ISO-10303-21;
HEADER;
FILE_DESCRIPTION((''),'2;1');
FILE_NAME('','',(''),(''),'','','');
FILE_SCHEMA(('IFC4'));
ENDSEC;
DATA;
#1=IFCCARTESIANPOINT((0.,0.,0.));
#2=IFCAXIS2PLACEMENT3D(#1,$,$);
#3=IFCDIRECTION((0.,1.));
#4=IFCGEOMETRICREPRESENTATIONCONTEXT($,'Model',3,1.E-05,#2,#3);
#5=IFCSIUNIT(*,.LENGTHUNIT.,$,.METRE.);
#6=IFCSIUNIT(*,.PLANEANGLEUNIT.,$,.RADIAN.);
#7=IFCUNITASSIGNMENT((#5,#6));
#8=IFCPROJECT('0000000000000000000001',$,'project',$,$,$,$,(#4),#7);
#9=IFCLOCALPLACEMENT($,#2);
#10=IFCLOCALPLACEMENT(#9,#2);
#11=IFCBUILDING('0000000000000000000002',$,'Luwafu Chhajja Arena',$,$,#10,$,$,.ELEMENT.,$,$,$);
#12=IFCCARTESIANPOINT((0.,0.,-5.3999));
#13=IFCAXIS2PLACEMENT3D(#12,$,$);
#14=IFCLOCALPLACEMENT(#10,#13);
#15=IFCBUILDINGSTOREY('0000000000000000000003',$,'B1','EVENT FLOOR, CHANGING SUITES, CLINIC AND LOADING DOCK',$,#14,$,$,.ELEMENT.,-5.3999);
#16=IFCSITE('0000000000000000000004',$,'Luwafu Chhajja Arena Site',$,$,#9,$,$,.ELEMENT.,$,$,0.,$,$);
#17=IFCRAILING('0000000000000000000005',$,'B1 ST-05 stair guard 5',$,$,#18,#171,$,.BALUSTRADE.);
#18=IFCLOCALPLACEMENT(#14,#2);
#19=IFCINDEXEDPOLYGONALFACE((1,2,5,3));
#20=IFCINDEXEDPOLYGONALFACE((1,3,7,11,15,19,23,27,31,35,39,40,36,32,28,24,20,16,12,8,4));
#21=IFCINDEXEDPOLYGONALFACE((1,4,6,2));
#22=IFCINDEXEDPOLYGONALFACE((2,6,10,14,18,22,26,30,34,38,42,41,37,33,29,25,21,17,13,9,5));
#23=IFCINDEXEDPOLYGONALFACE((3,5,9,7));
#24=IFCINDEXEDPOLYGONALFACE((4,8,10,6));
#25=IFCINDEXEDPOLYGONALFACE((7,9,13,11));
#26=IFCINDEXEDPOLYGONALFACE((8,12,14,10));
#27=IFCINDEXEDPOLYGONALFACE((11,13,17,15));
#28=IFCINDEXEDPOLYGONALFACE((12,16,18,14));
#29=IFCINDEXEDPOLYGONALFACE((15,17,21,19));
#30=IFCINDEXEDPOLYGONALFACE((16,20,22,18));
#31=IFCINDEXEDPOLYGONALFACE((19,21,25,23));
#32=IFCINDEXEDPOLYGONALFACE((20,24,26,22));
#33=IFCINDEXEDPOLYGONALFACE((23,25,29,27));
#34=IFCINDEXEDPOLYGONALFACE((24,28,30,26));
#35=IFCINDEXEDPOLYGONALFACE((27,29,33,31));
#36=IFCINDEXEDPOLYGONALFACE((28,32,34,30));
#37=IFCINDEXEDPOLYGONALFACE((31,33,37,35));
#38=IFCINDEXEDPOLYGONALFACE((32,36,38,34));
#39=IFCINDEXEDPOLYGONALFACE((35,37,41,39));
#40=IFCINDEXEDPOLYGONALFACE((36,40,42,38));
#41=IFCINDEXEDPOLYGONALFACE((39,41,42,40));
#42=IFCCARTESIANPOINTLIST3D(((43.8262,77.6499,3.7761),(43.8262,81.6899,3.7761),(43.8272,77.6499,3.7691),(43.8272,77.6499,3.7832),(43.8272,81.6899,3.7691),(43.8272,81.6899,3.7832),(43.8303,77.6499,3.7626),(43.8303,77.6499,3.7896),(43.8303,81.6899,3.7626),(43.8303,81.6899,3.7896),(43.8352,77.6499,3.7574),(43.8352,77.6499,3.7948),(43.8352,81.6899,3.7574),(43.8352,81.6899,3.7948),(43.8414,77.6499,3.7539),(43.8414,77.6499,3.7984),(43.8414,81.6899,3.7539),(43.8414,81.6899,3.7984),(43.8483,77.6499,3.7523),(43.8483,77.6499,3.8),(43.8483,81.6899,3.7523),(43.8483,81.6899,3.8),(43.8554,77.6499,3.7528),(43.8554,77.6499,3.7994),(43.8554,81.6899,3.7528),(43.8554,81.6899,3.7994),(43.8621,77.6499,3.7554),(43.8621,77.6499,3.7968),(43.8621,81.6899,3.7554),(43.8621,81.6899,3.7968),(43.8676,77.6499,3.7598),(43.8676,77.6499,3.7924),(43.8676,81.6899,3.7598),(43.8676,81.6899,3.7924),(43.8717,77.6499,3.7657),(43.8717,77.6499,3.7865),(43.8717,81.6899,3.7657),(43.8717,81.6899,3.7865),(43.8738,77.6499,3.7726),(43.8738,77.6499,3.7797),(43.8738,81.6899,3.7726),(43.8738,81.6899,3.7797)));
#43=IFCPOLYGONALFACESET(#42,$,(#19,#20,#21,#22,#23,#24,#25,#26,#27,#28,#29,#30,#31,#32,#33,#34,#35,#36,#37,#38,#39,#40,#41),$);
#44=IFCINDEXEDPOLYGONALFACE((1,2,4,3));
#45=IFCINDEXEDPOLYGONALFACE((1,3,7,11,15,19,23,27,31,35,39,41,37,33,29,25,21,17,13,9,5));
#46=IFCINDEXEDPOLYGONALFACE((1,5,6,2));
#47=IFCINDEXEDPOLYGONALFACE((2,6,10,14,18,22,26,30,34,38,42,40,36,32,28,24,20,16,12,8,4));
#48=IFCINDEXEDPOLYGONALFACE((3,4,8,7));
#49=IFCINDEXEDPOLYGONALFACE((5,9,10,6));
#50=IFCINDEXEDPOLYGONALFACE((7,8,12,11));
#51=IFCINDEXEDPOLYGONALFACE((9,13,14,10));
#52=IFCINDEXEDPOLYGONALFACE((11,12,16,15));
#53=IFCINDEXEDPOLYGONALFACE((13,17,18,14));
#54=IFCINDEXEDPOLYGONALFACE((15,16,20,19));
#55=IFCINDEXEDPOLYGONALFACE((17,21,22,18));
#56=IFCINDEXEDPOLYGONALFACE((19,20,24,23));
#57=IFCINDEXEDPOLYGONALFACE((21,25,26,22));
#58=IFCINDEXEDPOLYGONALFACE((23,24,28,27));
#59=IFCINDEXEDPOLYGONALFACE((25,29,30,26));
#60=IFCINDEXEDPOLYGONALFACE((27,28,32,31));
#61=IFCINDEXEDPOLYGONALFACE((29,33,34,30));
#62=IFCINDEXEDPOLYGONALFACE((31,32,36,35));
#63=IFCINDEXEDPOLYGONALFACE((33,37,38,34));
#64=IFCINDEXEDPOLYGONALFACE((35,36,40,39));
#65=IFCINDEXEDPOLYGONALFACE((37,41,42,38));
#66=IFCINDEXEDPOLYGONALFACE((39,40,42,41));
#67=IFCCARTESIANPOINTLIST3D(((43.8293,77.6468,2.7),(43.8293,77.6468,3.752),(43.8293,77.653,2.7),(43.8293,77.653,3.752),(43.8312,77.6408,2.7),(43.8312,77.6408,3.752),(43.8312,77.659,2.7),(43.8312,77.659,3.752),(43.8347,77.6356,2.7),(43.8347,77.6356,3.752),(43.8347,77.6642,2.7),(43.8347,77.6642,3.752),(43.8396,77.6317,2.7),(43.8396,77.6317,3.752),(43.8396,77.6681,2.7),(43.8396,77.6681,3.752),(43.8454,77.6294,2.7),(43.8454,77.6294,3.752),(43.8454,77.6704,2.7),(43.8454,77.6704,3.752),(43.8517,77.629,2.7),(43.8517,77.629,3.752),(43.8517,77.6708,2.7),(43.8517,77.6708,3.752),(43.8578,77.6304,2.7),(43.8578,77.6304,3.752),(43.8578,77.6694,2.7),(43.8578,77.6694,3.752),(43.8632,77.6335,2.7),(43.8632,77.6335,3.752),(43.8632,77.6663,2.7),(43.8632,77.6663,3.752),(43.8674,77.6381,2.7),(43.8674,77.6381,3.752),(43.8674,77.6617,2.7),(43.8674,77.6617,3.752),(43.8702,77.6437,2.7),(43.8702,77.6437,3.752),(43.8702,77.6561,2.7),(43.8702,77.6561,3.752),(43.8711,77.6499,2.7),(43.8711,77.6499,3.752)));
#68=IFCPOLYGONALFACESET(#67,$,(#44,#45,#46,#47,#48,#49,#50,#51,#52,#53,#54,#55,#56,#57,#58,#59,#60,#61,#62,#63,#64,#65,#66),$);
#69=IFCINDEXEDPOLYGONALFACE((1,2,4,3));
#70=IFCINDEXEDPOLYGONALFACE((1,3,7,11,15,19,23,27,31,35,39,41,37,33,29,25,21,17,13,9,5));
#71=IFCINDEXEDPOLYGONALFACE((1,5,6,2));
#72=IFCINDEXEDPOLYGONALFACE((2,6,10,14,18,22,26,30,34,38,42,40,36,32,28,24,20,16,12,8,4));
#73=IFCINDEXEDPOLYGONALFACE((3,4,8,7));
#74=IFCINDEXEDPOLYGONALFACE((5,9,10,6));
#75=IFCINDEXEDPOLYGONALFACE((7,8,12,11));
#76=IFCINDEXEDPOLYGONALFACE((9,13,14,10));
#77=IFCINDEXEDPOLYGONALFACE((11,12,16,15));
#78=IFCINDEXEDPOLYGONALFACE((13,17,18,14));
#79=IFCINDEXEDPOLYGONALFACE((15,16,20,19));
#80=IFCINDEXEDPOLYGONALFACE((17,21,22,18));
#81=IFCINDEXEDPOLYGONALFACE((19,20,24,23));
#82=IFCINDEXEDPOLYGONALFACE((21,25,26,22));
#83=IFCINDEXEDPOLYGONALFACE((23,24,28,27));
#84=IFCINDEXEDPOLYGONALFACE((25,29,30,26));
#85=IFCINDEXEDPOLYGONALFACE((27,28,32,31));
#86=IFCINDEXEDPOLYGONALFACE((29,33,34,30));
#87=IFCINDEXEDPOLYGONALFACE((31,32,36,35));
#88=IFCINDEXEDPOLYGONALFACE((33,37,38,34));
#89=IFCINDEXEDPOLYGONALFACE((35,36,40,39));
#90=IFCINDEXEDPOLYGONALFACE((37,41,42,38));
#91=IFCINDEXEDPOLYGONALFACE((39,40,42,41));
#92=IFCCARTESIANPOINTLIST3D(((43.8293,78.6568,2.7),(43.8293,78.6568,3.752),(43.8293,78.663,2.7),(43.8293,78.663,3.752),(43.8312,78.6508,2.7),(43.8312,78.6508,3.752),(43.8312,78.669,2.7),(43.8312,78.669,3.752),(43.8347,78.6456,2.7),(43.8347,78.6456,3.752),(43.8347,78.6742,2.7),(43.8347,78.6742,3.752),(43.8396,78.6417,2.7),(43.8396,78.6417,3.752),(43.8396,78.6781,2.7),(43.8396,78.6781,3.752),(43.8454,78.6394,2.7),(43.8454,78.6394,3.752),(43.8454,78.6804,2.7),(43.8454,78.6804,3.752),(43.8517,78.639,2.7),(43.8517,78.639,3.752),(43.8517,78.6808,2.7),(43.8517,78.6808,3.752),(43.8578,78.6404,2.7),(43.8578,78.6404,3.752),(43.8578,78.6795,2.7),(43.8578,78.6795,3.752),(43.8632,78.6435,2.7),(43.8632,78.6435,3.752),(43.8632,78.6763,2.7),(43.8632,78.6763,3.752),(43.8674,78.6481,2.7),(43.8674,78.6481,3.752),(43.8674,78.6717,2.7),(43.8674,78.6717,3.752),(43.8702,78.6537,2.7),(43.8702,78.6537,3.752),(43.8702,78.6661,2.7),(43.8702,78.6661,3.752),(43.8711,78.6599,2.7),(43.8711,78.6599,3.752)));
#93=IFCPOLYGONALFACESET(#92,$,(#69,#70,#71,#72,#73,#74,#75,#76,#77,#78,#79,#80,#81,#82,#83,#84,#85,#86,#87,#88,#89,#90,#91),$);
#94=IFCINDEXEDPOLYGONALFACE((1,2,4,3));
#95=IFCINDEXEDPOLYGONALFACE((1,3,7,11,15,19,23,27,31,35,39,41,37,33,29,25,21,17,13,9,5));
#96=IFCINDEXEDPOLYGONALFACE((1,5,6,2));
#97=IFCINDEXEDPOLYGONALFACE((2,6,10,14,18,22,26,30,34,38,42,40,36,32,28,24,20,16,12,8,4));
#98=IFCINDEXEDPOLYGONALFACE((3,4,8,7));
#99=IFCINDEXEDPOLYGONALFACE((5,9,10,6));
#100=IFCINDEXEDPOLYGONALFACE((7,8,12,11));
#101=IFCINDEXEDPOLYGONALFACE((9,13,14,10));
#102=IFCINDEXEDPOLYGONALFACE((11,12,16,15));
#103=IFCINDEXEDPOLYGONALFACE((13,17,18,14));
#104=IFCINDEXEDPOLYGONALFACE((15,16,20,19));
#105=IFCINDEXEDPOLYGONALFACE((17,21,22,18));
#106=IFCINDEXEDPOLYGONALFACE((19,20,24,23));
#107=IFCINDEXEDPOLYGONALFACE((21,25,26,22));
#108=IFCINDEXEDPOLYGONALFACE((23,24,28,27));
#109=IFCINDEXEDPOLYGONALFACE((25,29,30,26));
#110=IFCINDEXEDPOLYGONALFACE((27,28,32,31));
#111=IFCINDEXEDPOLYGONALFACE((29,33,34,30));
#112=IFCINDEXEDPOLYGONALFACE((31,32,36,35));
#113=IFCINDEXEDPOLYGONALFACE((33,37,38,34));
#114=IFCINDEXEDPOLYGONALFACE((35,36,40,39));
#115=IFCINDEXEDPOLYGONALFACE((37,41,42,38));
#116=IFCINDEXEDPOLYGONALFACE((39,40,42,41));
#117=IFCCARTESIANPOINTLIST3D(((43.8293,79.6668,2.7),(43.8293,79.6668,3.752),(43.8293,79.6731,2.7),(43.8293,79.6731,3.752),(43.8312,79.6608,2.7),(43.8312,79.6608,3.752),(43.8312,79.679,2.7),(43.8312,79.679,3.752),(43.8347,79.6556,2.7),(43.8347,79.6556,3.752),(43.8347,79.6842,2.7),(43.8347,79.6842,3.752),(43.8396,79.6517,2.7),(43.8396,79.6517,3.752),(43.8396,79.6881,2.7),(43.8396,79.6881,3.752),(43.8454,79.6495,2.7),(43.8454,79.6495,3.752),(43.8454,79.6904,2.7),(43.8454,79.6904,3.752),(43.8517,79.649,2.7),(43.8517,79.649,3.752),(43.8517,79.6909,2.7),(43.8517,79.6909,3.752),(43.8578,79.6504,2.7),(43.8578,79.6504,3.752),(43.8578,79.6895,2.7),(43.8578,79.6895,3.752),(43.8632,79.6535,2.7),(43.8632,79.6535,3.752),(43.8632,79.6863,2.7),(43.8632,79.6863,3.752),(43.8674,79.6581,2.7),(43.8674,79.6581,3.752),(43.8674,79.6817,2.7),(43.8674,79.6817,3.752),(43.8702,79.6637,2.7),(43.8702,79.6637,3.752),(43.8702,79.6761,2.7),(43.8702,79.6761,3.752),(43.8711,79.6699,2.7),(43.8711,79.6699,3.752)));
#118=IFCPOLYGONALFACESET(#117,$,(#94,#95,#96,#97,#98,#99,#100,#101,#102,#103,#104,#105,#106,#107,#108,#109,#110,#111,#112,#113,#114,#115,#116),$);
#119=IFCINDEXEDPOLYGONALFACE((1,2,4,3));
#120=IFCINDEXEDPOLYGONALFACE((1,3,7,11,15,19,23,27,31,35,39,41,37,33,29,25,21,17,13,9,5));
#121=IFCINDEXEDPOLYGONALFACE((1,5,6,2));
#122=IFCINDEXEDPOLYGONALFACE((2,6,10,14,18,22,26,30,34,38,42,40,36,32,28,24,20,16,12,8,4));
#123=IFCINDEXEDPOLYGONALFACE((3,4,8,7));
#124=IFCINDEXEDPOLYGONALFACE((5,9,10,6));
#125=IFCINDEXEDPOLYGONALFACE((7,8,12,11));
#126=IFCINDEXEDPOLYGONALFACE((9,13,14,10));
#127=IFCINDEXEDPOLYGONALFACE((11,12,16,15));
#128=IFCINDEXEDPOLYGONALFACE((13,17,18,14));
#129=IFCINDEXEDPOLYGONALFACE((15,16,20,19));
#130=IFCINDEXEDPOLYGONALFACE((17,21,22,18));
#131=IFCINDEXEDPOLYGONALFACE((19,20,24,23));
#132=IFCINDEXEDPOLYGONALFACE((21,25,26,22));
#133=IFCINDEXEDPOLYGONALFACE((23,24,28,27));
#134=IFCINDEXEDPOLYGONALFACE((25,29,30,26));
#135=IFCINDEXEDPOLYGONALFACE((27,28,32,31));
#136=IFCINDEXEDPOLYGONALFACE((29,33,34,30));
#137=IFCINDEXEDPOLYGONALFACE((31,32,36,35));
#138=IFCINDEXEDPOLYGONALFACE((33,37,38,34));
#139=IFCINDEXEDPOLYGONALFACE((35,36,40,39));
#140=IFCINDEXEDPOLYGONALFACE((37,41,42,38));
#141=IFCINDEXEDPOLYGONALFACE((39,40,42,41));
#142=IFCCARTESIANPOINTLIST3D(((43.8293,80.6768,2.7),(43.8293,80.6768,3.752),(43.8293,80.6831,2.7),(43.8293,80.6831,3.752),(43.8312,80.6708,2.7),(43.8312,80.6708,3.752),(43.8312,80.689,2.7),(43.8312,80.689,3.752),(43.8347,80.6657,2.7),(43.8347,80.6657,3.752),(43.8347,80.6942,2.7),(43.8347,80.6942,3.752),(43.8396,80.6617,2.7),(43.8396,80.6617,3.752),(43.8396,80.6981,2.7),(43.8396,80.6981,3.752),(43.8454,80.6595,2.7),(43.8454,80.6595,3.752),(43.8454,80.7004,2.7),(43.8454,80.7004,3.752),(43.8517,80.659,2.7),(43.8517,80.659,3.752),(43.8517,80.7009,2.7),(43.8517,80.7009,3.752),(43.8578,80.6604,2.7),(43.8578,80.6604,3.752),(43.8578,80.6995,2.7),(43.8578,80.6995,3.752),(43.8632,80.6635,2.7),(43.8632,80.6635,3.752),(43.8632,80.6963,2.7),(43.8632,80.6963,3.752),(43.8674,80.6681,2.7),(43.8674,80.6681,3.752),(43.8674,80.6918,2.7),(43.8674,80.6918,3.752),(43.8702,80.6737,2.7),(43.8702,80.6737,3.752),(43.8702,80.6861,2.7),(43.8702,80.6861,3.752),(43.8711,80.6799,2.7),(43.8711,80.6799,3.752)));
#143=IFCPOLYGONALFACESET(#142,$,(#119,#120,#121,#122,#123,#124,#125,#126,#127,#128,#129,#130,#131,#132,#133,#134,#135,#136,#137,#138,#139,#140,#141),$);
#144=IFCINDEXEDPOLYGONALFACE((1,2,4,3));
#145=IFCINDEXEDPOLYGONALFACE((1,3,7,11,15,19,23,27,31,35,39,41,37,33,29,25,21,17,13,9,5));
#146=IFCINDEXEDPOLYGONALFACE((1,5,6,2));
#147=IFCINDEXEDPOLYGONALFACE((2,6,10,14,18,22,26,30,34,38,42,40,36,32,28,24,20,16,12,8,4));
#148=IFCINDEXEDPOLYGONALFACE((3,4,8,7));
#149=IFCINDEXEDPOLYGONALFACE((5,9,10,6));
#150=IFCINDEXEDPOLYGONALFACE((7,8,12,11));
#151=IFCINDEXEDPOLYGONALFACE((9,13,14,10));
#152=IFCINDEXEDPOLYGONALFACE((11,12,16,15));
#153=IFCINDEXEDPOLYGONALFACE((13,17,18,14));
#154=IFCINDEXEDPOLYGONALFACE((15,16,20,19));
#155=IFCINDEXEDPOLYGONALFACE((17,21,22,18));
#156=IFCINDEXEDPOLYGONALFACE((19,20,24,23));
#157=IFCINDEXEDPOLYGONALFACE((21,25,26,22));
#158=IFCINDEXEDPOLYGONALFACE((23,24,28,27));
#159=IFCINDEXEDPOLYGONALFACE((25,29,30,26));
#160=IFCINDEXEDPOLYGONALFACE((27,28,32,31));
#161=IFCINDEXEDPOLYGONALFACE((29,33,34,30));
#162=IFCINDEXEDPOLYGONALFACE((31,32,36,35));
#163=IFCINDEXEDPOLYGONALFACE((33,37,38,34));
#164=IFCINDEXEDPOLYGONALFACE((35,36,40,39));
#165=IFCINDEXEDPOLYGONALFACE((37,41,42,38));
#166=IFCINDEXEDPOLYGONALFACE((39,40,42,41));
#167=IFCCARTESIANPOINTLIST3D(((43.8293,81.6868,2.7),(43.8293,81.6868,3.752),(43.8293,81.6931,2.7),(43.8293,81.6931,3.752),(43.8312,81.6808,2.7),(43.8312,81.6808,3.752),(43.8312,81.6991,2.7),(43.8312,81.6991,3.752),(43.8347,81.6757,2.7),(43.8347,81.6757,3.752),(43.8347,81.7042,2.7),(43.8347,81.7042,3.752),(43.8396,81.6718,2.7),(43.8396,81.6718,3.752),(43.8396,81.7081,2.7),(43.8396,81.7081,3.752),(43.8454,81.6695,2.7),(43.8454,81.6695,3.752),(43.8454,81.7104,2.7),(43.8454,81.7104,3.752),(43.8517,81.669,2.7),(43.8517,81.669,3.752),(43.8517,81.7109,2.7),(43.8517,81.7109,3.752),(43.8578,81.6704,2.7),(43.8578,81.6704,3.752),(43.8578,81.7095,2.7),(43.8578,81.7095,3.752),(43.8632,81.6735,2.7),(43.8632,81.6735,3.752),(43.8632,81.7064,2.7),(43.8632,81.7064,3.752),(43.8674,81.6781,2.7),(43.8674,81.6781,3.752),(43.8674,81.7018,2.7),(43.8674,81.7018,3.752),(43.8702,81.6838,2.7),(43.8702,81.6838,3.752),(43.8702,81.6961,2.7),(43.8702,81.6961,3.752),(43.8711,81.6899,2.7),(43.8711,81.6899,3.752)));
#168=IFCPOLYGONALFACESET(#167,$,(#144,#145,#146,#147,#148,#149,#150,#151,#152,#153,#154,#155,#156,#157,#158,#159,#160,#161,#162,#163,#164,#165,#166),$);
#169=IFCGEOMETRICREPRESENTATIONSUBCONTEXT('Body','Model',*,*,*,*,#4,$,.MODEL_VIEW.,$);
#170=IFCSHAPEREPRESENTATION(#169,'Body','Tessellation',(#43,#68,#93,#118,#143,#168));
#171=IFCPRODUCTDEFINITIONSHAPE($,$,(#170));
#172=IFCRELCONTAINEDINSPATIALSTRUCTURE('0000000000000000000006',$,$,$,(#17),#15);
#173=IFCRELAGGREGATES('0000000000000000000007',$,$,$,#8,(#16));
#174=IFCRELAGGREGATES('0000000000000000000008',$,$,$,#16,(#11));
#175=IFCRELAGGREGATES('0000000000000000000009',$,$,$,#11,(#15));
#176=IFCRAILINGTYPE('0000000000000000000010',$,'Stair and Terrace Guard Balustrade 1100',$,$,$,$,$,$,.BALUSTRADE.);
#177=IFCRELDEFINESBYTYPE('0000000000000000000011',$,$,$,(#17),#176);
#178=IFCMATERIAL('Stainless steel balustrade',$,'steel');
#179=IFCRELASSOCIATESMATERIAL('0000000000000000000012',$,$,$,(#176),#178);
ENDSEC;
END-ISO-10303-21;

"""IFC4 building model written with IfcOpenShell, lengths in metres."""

from ifc_helpers import new_model, si_unit, direction, frame, origin, origin_2d, place, context, subcontext, project, spatial, circle, extrude, material, type_object, element, save


model = new_model("IFC4")

# Units and contexts
model_context = context("Model", 3, precision=1e-05, world=origin(), true_north=direction((0.0, 1.0)))
body_context = subcontext(model_context, "Body", "Model", "MODEL_VIEW")
ifc_project = project(units=[si_unit("LENGTHUNIT", "METRE"), si_unit("PLANEANGLEUNIT", "RADIAN")], contexts=[model_context])

# Site, building, storey
site_placement = place(None, origin())
site = spatial("IfcSite", under=ifc_project, at=site_placement, Name="Luwafu Chhajja Arena Site", CompositionType="ELEMENT", RefElevation=0.0)
building_placement = place(site_placement, origin())
building = spatial("IfcBuilding", under=site, at=building_placement, Name="Luwafu Chhajja Arena", CompositionType="ELEMENT")
storey_placement = place(building_placement, frame((0.0, 0.0, -5.3999)))
storey = spatial("IfcBuildingStorey", under=building, at=storey_placement, Name="B1", Description="EVENT FLOOR, CHANGING SUITES, CLINIC AND LOADING DOCK", CompositionType="ELEMENT", Elevation=-5.3999)

# Railing
ifc_material_1 = material(Name="Stainless steel balustrade", Category="steel")
railing_type_1 = type_object("IfcRailingType", Name="Stair and Terrace Guard Balustrade 1100", PredefinedType="BALUSTRADE", material=ifc_material_1)
railing_1_placement = place(storey_placement, frame((43.8501, 77.6499, 2.7)))
element("IfcRailing", 1, at=railing_1_placement, inside=storey, type_object=railing_type_1, Name="B1 ST-05 stair guard 5", PredefinedType="BALUSTRADE", context=body_context, shape_type="SweptSolid", body=[
    extrude(circle(Radius=0.0239, at=origin_2d()), frame((0.0, 0.0, 1.0762), z_axis=(0.0, 1.0, 0.0), x_axis=(-1.0, 0.0, 0.0)), (0.0, 0.0, 1.0), 4.04),
    extrude(circle(Radius=0.021, at=origin_2d()), origin(), (0.0, 0.0, 1.0), 1.052),
    extrude(circle(Radius=0.021, at=origin_2d()), frame((0.0, 1.01, 0.0)), (0.0, 0.0, 1.0), 1.052),
    extrude(circle(Radius=0.021, at=origin_2d()), frame((0.0, 2.02, 0.0)), (0.0, 0.0, 1.0), 1.052),
    extrude(circle(Radius=0.021, at=origin_2d()), frame((0.0, 3.03, 0.0)), (0.0, 0.0, 1.0), 1.052),
    extrude(circle(Radius=0.021, at=origin_2d()), frame((0.0, 4.04, 0.0)), (0.0, 0.0, 1.0), 1.052),
])

save(model, "model.ifc")
